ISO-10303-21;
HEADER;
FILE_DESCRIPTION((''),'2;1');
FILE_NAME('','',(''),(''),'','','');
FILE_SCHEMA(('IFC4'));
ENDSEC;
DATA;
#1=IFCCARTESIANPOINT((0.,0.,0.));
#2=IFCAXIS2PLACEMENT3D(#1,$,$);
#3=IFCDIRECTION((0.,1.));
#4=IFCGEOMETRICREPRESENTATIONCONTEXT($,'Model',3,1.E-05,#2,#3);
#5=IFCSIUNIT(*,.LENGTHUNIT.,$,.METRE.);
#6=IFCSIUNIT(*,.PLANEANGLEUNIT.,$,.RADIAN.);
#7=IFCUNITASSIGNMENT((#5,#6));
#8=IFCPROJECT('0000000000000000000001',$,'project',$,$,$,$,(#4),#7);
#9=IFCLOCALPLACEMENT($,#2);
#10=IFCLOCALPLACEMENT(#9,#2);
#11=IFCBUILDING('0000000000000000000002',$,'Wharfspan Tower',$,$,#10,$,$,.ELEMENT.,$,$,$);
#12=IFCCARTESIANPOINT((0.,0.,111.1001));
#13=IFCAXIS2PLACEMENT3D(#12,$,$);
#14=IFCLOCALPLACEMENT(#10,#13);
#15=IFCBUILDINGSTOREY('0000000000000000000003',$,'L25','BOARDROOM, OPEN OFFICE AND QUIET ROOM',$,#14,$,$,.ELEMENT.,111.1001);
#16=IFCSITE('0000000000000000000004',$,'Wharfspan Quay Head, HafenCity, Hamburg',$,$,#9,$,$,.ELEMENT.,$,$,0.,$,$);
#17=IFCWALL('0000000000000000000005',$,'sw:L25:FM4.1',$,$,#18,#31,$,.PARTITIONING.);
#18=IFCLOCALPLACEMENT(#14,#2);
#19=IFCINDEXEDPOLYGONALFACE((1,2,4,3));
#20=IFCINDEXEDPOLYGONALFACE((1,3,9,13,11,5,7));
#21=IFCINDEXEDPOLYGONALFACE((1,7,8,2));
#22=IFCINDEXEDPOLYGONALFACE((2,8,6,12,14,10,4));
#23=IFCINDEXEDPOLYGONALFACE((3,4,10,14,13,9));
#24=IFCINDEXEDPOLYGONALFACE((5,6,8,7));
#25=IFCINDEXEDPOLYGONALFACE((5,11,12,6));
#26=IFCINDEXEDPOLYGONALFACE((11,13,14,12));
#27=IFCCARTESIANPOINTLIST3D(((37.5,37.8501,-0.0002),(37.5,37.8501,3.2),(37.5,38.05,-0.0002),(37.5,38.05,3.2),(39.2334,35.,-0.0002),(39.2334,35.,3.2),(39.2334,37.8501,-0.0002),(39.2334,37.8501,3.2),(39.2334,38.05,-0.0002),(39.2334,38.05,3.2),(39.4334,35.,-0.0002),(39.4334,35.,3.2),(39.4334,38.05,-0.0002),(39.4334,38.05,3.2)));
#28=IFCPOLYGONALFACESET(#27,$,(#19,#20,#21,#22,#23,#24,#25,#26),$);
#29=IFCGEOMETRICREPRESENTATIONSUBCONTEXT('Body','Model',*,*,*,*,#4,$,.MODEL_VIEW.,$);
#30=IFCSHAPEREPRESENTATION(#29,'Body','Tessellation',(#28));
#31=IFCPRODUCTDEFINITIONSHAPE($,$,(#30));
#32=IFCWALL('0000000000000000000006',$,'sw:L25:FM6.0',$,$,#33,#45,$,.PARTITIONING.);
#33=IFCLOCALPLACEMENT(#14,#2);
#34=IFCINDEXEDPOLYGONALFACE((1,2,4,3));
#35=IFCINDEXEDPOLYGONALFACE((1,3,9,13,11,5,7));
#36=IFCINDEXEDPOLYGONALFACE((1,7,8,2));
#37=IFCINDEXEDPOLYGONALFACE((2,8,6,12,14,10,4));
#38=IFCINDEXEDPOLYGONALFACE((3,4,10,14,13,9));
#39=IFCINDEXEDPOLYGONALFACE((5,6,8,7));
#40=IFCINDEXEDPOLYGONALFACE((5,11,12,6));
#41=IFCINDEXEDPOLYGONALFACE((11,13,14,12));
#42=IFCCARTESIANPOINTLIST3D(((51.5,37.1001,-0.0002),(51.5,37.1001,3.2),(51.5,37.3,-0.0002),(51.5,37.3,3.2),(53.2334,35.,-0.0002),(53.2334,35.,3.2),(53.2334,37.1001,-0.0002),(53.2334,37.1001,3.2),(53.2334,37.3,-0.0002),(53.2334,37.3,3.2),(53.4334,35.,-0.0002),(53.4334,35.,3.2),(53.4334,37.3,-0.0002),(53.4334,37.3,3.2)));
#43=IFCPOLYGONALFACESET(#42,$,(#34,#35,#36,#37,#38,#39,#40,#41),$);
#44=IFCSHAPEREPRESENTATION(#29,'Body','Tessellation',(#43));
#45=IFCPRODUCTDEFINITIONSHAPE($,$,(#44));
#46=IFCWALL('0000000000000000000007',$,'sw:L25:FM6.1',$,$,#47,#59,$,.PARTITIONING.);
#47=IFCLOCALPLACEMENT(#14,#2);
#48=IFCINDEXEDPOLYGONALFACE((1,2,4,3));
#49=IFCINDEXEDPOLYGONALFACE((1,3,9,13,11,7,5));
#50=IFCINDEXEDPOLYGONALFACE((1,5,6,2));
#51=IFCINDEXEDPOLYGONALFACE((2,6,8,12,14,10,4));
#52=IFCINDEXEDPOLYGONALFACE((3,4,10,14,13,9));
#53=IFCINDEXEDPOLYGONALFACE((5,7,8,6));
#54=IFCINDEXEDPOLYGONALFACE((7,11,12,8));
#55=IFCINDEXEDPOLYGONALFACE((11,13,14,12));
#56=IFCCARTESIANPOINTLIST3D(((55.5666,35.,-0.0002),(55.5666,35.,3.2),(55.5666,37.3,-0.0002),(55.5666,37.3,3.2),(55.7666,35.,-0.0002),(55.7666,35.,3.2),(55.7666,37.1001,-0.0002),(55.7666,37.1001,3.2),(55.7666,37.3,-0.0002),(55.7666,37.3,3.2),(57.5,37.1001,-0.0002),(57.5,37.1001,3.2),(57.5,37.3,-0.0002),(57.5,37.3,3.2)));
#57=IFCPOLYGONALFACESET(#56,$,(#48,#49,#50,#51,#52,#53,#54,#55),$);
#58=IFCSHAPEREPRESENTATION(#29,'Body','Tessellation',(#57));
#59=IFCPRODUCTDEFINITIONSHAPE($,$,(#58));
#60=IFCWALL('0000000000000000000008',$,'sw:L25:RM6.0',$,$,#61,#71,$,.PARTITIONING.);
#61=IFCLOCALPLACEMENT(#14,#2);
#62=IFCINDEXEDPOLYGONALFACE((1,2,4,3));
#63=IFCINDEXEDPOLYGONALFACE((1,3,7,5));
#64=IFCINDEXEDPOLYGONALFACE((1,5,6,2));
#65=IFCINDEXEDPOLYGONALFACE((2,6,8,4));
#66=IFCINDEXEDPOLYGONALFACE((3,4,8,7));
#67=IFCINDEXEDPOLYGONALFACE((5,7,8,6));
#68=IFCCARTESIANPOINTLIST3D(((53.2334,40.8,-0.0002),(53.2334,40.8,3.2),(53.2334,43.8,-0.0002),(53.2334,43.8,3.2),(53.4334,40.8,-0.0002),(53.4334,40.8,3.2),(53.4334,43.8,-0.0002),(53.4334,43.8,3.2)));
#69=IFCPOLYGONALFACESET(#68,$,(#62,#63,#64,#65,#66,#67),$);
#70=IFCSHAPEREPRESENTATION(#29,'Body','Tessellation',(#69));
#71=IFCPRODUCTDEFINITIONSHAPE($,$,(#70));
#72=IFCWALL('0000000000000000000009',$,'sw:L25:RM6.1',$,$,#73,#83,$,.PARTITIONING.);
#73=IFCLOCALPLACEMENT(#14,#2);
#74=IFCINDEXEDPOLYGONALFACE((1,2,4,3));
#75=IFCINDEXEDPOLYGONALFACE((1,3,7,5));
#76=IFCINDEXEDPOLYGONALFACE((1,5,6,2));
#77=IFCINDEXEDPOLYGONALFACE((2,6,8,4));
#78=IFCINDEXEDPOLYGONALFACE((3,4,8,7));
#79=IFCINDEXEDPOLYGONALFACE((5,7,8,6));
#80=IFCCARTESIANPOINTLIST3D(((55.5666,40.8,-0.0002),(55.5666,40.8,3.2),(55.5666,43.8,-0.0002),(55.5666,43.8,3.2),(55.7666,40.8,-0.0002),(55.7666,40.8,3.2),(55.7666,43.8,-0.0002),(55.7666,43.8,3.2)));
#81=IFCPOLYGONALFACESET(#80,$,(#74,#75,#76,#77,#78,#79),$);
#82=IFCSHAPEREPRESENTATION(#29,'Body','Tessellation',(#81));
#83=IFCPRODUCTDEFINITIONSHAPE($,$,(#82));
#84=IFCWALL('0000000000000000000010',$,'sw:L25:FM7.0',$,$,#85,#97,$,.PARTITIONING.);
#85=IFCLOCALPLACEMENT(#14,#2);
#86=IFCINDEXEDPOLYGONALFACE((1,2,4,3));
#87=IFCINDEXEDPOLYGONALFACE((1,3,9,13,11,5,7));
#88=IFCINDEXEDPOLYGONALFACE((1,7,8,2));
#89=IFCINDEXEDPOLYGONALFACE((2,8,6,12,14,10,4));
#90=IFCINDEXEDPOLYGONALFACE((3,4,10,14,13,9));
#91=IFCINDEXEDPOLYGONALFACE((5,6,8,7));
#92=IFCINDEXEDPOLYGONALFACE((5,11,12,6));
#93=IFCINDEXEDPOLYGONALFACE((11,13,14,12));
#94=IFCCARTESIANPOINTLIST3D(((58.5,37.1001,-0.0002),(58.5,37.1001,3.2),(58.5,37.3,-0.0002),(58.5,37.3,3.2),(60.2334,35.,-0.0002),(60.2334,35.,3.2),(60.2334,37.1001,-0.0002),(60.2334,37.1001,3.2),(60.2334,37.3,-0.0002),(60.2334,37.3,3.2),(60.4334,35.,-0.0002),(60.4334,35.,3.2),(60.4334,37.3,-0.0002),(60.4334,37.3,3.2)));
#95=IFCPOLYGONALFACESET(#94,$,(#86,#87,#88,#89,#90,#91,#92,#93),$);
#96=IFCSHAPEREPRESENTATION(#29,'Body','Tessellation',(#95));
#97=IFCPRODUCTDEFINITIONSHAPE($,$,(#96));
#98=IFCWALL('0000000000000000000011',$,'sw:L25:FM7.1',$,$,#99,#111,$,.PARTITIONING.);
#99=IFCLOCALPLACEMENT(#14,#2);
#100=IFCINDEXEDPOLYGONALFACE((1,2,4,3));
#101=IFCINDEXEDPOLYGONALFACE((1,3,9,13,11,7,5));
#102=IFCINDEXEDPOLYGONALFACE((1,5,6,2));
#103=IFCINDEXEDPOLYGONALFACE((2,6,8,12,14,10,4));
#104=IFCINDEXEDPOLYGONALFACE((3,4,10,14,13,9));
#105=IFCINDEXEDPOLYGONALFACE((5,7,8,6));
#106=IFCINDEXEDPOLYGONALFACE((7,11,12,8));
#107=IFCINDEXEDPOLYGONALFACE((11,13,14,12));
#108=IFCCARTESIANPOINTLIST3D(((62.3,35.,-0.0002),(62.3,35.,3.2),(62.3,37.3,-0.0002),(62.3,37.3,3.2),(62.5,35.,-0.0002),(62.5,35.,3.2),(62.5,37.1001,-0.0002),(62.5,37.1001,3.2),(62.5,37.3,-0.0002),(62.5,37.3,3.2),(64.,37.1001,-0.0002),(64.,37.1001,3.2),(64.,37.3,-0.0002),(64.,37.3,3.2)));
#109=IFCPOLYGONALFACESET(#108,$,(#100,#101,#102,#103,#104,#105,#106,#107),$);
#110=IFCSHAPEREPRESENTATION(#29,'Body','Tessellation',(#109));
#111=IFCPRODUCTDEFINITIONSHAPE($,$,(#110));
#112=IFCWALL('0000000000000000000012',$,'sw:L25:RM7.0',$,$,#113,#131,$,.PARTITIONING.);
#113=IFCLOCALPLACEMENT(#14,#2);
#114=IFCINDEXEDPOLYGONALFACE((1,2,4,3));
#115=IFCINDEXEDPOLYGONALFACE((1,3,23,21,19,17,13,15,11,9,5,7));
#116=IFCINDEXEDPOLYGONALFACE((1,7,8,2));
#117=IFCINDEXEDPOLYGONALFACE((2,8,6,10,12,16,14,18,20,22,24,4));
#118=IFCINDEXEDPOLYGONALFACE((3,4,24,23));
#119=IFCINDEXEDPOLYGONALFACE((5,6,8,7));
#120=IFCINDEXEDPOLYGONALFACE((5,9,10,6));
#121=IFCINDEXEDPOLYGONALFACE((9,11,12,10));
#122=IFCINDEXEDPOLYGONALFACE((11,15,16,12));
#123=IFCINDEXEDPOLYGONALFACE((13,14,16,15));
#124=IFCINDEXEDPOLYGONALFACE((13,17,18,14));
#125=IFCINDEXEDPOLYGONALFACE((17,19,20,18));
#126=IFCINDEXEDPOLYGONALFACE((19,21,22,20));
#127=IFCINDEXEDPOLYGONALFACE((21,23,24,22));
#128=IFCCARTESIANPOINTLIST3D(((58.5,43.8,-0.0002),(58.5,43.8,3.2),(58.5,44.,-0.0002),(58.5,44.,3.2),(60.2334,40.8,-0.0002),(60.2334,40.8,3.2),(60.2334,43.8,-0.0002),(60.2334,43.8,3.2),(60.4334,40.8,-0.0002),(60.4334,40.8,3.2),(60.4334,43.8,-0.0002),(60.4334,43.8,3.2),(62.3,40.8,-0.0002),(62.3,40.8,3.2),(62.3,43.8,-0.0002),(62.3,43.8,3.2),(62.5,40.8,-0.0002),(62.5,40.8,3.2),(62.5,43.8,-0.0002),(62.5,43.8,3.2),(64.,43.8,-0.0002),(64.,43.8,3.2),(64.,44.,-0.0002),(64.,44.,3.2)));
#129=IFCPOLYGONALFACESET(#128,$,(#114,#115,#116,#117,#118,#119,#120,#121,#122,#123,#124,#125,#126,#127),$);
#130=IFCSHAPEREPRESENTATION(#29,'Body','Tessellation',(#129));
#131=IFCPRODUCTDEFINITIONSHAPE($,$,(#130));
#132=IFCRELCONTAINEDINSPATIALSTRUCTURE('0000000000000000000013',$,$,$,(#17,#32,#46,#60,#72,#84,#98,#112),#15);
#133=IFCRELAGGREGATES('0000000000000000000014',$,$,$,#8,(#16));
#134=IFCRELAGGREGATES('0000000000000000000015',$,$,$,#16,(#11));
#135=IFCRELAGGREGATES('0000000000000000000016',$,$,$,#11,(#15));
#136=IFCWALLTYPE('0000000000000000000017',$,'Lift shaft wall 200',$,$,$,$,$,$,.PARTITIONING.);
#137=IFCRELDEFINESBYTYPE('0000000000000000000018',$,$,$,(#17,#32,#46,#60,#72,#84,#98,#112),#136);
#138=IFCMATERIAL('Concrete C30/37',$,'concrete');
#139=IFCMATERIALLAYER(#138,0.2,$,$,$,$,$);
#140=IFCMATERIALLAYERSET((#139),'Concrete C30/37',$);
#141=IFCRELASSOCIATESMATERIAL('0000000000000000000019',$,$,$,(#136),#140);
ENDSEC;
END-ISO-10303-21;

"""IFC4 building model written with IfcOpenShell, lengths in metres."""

from ifc_helpers import new_model, si_unit, direction, frame, origin, place, context, subcontext, project, spatial, polyline, outline, extrude, material, layer, layer_set, type_object, element, save


model = new_model("IFC4")

# Units and contexts
model_context = context("Model", 3, precision=1e-05, world=origin(), true_north=direction((0.0, 1.0)))
body_context = subcontext(model_context, "Body", "Model", "MODEL_VIEW")
ifc_project = project(units=[si_unit("LENGTHUNIT", "METRE"), si_unit("PLANEANGLEUNIT", "RADIAN")], contexts=[model_context])

# Site, building, storey
site_placement = place(None, origin())
site = spatial("IfcSite", under=ifc_project, at=site_placement, Name="Wharfspan Quay Head, HafenCity, Hamburg", CompositionType="ELEMENT", RefElevation=0.0)
building_placement = place(site_placement, origin())
building = spatial("IfcBuilding", under=site, at=building_placement, Name="Wharfspan Tower", CompositionType="ELEMENT")
storey_placement = place(building_placement, frame((0.0, 0.0, 111.1001)))
storey = spatial("IfcBuildingStorey", under=building, at=storey_placement, Name="L25", Description="BOARDROOM, OPEN OFFICE AND QUIET ROOM", CompositionType="ELEMENT", Elevation=111.1001)

# Walls
ifc_material_1 = material(Name="Concrete C30/37", Category="concrete")
ifc_layer_1 = layer(ifc_material_1, 0.2)
ifc_layer_set_1 = layer_set([ifc_layer_1], Name="Concrete C30/37")
wall_type_1 = type_object("IfcWallType", Name="Lift shaft wall 200", PredefinedType="PARTITIONING", material=ifc_layer_set_1)
wall_1_placement = place(storey_placement, frame((0.0, 0.0, -0.0002)))
element("IfcWall", 1, at=wall_1_placement, inside=storey, type_object=wall_type_1, Name="sw:L25:FM4.1", PredefinedType="PARTITIONING", context=body_context, shape_type="SweptSolid", body=[
    extrude(outline(polyline([(39.2334, 37.8501), (37.5, 37.8501), (37.5, 38.05), (39.2334, 38.05), (39.4333, 38.05), (39.4333, 35.0), (39.2334, 35.0), (39.2334, 37.8501)])), origin(), (0.0, 0.0, 1.0), 3.2002),
])
wall_2_placement = place(storey_placement, frame((0.0, 0.0, -0.0002)))
element("IfcWall", 2, at=wall_2_placement, inside=storey, type_object=wall_type_1, Name="sw:L25:FM6.0", PredefinedType="PARTITIONING", context=body_context, shape_type="SweptSolid", body=[
    extrude(outline(polyline([(53.2334, 37.1001), (51.5, 37.1001), (51.5, 37.3), (53.2334, 37.3), (53.4333, 37.3), (53.4333, 35.0), (53.2334, 35.0), (53.2334, 37.1001)])), origin(), (0.0, 0.0, 1.0), 3.2002),
])
wall_3_placement = place(storey_placement, frame((0.0, 0.0, -0.0002)))
element("IfcWall", 3, at=wall_3_placement, inside=storey, type_object=wall_type_1, Name="sw:L25:FM6.1", PredefinedType="PARTITIONING", context=body_context, shape_type="SweptSolid", body=[
    extrude(outline(polyline([(55.5667, 37.3), (55.7666, 37.3), (57.5, 37.3), (57.5, 37.1001), (55.7666, 37.1001), (55.7666, 35.0), (55.5667, 35.0), (55.5667, 37.3)])), origin(), (0.0, 0.0, 1.0), 3.2002),
])
wall_4_placement = place(storey_placement, frame((0.0, 0.0, -0.0002)))
element("IfcWall", 4, at=wall_4_placement, inside=storey, type_object=wall_type_1, Name="sw:L25:RM6.0", PredefinedType="PARTITIONING", context=body_context, shape_type="SweptSolid", body=[
    extrude(outline(polyline([(53.2334, 40.8), (53.2334, 43.8), (53.4333, 43.8), (53.4333, 40.8), (53.2334, 40.8)])), origin(), (0.0, 0.0, 1.0), 3.2002),
])
wall_5_placement = place(storey_placement, frame((0.0, 0.0, -0.0002)))
element("IfcWall", 5, at=wall_5_placement, inside=storey, type_object=wall_type_1, Name="sw:L25:RM6.1", PredefinedType="PARTITIONING", context=body_context, shape_type="SweptSolid", body=[
    extrude(outline(polyline([(55.5667, 40.8), (55.5667, 43.8), (55.7666, 43.8), (55.7666, 40.8), (55.5667, 40.8)])), origin(), (0.0, 0.0, 1.0), 3.2002),
])
wall_6_placement = place(storey_placement, frame((0.0, 0.0, -0.0002)))
element("IfcWall", 6, at=wall_6_placement, inside=storey, type_object=wall_type_1, Name="sw:L25:FM7.0", PredefinedType="PARTITIONING", context=body_context, shape_type="SweptSolid", body=[
    extrude(outline(polyline([(60.2334, 37.1001), (58.5, 37.1001), (58.5, 37.3), (60.2334, 37.3), (60.4333, 37.3), (60.4333, 35.0), (60.2334, 35.0), (60.2334, 37.1001)])), origin(), (0.0, 0.0, 1.0), 3.2002),
])
wall_7_placement = place(storey_placement, frame((0.0, 0.0, -0.0002)))
element("IfcWall", 7, at=wall_7_placement, inside=storey, type_object=wall_type_1, Name="sw:L25:FM7.1", PredefinedType="PARTITIONING", context=body_context, shape_type="SweptSolid", body=[
    extrude(outline(polyline([(62.3, 37.3), (62.5, 37.3), (64.0, 37.3), (64.0, 37.1001), (62.5, 37.1001), (62.5, 35.0), (62.3, 35.0), (62.3, 37.3)])), origin(), (0.0, 0.0, 1.0), 3.2002),
])
wall_8_placement = place(storey_placement, frame((0.0, 0.0, -0.0002)))
element("IfcWall", 8, at=wall_8_placement, inside=storey, type_object=wall_type_1, Name="sw:L25:RM7.0", PredefinedType="PARTITIONING", context=body_context, shape_type="SweptSolid", body=[
    extrude(outline(polyline([(60.4333, 40.8), (60.2334, 40.8), (60.2334, 43.8), (58.5, 43.8), (58.5, 44.0), (64.0, 44.0), (64.0, 43.8), (62.5, 43.8), (62.5, 40.8), (62.3, 40.8), (62.3, 43.8), (60.4333, 43.8), (60.4333, 40.8)])), origin(), (0.0, 0.0, 1.0), 3.2002),
])

save(model, "model.ifc")
